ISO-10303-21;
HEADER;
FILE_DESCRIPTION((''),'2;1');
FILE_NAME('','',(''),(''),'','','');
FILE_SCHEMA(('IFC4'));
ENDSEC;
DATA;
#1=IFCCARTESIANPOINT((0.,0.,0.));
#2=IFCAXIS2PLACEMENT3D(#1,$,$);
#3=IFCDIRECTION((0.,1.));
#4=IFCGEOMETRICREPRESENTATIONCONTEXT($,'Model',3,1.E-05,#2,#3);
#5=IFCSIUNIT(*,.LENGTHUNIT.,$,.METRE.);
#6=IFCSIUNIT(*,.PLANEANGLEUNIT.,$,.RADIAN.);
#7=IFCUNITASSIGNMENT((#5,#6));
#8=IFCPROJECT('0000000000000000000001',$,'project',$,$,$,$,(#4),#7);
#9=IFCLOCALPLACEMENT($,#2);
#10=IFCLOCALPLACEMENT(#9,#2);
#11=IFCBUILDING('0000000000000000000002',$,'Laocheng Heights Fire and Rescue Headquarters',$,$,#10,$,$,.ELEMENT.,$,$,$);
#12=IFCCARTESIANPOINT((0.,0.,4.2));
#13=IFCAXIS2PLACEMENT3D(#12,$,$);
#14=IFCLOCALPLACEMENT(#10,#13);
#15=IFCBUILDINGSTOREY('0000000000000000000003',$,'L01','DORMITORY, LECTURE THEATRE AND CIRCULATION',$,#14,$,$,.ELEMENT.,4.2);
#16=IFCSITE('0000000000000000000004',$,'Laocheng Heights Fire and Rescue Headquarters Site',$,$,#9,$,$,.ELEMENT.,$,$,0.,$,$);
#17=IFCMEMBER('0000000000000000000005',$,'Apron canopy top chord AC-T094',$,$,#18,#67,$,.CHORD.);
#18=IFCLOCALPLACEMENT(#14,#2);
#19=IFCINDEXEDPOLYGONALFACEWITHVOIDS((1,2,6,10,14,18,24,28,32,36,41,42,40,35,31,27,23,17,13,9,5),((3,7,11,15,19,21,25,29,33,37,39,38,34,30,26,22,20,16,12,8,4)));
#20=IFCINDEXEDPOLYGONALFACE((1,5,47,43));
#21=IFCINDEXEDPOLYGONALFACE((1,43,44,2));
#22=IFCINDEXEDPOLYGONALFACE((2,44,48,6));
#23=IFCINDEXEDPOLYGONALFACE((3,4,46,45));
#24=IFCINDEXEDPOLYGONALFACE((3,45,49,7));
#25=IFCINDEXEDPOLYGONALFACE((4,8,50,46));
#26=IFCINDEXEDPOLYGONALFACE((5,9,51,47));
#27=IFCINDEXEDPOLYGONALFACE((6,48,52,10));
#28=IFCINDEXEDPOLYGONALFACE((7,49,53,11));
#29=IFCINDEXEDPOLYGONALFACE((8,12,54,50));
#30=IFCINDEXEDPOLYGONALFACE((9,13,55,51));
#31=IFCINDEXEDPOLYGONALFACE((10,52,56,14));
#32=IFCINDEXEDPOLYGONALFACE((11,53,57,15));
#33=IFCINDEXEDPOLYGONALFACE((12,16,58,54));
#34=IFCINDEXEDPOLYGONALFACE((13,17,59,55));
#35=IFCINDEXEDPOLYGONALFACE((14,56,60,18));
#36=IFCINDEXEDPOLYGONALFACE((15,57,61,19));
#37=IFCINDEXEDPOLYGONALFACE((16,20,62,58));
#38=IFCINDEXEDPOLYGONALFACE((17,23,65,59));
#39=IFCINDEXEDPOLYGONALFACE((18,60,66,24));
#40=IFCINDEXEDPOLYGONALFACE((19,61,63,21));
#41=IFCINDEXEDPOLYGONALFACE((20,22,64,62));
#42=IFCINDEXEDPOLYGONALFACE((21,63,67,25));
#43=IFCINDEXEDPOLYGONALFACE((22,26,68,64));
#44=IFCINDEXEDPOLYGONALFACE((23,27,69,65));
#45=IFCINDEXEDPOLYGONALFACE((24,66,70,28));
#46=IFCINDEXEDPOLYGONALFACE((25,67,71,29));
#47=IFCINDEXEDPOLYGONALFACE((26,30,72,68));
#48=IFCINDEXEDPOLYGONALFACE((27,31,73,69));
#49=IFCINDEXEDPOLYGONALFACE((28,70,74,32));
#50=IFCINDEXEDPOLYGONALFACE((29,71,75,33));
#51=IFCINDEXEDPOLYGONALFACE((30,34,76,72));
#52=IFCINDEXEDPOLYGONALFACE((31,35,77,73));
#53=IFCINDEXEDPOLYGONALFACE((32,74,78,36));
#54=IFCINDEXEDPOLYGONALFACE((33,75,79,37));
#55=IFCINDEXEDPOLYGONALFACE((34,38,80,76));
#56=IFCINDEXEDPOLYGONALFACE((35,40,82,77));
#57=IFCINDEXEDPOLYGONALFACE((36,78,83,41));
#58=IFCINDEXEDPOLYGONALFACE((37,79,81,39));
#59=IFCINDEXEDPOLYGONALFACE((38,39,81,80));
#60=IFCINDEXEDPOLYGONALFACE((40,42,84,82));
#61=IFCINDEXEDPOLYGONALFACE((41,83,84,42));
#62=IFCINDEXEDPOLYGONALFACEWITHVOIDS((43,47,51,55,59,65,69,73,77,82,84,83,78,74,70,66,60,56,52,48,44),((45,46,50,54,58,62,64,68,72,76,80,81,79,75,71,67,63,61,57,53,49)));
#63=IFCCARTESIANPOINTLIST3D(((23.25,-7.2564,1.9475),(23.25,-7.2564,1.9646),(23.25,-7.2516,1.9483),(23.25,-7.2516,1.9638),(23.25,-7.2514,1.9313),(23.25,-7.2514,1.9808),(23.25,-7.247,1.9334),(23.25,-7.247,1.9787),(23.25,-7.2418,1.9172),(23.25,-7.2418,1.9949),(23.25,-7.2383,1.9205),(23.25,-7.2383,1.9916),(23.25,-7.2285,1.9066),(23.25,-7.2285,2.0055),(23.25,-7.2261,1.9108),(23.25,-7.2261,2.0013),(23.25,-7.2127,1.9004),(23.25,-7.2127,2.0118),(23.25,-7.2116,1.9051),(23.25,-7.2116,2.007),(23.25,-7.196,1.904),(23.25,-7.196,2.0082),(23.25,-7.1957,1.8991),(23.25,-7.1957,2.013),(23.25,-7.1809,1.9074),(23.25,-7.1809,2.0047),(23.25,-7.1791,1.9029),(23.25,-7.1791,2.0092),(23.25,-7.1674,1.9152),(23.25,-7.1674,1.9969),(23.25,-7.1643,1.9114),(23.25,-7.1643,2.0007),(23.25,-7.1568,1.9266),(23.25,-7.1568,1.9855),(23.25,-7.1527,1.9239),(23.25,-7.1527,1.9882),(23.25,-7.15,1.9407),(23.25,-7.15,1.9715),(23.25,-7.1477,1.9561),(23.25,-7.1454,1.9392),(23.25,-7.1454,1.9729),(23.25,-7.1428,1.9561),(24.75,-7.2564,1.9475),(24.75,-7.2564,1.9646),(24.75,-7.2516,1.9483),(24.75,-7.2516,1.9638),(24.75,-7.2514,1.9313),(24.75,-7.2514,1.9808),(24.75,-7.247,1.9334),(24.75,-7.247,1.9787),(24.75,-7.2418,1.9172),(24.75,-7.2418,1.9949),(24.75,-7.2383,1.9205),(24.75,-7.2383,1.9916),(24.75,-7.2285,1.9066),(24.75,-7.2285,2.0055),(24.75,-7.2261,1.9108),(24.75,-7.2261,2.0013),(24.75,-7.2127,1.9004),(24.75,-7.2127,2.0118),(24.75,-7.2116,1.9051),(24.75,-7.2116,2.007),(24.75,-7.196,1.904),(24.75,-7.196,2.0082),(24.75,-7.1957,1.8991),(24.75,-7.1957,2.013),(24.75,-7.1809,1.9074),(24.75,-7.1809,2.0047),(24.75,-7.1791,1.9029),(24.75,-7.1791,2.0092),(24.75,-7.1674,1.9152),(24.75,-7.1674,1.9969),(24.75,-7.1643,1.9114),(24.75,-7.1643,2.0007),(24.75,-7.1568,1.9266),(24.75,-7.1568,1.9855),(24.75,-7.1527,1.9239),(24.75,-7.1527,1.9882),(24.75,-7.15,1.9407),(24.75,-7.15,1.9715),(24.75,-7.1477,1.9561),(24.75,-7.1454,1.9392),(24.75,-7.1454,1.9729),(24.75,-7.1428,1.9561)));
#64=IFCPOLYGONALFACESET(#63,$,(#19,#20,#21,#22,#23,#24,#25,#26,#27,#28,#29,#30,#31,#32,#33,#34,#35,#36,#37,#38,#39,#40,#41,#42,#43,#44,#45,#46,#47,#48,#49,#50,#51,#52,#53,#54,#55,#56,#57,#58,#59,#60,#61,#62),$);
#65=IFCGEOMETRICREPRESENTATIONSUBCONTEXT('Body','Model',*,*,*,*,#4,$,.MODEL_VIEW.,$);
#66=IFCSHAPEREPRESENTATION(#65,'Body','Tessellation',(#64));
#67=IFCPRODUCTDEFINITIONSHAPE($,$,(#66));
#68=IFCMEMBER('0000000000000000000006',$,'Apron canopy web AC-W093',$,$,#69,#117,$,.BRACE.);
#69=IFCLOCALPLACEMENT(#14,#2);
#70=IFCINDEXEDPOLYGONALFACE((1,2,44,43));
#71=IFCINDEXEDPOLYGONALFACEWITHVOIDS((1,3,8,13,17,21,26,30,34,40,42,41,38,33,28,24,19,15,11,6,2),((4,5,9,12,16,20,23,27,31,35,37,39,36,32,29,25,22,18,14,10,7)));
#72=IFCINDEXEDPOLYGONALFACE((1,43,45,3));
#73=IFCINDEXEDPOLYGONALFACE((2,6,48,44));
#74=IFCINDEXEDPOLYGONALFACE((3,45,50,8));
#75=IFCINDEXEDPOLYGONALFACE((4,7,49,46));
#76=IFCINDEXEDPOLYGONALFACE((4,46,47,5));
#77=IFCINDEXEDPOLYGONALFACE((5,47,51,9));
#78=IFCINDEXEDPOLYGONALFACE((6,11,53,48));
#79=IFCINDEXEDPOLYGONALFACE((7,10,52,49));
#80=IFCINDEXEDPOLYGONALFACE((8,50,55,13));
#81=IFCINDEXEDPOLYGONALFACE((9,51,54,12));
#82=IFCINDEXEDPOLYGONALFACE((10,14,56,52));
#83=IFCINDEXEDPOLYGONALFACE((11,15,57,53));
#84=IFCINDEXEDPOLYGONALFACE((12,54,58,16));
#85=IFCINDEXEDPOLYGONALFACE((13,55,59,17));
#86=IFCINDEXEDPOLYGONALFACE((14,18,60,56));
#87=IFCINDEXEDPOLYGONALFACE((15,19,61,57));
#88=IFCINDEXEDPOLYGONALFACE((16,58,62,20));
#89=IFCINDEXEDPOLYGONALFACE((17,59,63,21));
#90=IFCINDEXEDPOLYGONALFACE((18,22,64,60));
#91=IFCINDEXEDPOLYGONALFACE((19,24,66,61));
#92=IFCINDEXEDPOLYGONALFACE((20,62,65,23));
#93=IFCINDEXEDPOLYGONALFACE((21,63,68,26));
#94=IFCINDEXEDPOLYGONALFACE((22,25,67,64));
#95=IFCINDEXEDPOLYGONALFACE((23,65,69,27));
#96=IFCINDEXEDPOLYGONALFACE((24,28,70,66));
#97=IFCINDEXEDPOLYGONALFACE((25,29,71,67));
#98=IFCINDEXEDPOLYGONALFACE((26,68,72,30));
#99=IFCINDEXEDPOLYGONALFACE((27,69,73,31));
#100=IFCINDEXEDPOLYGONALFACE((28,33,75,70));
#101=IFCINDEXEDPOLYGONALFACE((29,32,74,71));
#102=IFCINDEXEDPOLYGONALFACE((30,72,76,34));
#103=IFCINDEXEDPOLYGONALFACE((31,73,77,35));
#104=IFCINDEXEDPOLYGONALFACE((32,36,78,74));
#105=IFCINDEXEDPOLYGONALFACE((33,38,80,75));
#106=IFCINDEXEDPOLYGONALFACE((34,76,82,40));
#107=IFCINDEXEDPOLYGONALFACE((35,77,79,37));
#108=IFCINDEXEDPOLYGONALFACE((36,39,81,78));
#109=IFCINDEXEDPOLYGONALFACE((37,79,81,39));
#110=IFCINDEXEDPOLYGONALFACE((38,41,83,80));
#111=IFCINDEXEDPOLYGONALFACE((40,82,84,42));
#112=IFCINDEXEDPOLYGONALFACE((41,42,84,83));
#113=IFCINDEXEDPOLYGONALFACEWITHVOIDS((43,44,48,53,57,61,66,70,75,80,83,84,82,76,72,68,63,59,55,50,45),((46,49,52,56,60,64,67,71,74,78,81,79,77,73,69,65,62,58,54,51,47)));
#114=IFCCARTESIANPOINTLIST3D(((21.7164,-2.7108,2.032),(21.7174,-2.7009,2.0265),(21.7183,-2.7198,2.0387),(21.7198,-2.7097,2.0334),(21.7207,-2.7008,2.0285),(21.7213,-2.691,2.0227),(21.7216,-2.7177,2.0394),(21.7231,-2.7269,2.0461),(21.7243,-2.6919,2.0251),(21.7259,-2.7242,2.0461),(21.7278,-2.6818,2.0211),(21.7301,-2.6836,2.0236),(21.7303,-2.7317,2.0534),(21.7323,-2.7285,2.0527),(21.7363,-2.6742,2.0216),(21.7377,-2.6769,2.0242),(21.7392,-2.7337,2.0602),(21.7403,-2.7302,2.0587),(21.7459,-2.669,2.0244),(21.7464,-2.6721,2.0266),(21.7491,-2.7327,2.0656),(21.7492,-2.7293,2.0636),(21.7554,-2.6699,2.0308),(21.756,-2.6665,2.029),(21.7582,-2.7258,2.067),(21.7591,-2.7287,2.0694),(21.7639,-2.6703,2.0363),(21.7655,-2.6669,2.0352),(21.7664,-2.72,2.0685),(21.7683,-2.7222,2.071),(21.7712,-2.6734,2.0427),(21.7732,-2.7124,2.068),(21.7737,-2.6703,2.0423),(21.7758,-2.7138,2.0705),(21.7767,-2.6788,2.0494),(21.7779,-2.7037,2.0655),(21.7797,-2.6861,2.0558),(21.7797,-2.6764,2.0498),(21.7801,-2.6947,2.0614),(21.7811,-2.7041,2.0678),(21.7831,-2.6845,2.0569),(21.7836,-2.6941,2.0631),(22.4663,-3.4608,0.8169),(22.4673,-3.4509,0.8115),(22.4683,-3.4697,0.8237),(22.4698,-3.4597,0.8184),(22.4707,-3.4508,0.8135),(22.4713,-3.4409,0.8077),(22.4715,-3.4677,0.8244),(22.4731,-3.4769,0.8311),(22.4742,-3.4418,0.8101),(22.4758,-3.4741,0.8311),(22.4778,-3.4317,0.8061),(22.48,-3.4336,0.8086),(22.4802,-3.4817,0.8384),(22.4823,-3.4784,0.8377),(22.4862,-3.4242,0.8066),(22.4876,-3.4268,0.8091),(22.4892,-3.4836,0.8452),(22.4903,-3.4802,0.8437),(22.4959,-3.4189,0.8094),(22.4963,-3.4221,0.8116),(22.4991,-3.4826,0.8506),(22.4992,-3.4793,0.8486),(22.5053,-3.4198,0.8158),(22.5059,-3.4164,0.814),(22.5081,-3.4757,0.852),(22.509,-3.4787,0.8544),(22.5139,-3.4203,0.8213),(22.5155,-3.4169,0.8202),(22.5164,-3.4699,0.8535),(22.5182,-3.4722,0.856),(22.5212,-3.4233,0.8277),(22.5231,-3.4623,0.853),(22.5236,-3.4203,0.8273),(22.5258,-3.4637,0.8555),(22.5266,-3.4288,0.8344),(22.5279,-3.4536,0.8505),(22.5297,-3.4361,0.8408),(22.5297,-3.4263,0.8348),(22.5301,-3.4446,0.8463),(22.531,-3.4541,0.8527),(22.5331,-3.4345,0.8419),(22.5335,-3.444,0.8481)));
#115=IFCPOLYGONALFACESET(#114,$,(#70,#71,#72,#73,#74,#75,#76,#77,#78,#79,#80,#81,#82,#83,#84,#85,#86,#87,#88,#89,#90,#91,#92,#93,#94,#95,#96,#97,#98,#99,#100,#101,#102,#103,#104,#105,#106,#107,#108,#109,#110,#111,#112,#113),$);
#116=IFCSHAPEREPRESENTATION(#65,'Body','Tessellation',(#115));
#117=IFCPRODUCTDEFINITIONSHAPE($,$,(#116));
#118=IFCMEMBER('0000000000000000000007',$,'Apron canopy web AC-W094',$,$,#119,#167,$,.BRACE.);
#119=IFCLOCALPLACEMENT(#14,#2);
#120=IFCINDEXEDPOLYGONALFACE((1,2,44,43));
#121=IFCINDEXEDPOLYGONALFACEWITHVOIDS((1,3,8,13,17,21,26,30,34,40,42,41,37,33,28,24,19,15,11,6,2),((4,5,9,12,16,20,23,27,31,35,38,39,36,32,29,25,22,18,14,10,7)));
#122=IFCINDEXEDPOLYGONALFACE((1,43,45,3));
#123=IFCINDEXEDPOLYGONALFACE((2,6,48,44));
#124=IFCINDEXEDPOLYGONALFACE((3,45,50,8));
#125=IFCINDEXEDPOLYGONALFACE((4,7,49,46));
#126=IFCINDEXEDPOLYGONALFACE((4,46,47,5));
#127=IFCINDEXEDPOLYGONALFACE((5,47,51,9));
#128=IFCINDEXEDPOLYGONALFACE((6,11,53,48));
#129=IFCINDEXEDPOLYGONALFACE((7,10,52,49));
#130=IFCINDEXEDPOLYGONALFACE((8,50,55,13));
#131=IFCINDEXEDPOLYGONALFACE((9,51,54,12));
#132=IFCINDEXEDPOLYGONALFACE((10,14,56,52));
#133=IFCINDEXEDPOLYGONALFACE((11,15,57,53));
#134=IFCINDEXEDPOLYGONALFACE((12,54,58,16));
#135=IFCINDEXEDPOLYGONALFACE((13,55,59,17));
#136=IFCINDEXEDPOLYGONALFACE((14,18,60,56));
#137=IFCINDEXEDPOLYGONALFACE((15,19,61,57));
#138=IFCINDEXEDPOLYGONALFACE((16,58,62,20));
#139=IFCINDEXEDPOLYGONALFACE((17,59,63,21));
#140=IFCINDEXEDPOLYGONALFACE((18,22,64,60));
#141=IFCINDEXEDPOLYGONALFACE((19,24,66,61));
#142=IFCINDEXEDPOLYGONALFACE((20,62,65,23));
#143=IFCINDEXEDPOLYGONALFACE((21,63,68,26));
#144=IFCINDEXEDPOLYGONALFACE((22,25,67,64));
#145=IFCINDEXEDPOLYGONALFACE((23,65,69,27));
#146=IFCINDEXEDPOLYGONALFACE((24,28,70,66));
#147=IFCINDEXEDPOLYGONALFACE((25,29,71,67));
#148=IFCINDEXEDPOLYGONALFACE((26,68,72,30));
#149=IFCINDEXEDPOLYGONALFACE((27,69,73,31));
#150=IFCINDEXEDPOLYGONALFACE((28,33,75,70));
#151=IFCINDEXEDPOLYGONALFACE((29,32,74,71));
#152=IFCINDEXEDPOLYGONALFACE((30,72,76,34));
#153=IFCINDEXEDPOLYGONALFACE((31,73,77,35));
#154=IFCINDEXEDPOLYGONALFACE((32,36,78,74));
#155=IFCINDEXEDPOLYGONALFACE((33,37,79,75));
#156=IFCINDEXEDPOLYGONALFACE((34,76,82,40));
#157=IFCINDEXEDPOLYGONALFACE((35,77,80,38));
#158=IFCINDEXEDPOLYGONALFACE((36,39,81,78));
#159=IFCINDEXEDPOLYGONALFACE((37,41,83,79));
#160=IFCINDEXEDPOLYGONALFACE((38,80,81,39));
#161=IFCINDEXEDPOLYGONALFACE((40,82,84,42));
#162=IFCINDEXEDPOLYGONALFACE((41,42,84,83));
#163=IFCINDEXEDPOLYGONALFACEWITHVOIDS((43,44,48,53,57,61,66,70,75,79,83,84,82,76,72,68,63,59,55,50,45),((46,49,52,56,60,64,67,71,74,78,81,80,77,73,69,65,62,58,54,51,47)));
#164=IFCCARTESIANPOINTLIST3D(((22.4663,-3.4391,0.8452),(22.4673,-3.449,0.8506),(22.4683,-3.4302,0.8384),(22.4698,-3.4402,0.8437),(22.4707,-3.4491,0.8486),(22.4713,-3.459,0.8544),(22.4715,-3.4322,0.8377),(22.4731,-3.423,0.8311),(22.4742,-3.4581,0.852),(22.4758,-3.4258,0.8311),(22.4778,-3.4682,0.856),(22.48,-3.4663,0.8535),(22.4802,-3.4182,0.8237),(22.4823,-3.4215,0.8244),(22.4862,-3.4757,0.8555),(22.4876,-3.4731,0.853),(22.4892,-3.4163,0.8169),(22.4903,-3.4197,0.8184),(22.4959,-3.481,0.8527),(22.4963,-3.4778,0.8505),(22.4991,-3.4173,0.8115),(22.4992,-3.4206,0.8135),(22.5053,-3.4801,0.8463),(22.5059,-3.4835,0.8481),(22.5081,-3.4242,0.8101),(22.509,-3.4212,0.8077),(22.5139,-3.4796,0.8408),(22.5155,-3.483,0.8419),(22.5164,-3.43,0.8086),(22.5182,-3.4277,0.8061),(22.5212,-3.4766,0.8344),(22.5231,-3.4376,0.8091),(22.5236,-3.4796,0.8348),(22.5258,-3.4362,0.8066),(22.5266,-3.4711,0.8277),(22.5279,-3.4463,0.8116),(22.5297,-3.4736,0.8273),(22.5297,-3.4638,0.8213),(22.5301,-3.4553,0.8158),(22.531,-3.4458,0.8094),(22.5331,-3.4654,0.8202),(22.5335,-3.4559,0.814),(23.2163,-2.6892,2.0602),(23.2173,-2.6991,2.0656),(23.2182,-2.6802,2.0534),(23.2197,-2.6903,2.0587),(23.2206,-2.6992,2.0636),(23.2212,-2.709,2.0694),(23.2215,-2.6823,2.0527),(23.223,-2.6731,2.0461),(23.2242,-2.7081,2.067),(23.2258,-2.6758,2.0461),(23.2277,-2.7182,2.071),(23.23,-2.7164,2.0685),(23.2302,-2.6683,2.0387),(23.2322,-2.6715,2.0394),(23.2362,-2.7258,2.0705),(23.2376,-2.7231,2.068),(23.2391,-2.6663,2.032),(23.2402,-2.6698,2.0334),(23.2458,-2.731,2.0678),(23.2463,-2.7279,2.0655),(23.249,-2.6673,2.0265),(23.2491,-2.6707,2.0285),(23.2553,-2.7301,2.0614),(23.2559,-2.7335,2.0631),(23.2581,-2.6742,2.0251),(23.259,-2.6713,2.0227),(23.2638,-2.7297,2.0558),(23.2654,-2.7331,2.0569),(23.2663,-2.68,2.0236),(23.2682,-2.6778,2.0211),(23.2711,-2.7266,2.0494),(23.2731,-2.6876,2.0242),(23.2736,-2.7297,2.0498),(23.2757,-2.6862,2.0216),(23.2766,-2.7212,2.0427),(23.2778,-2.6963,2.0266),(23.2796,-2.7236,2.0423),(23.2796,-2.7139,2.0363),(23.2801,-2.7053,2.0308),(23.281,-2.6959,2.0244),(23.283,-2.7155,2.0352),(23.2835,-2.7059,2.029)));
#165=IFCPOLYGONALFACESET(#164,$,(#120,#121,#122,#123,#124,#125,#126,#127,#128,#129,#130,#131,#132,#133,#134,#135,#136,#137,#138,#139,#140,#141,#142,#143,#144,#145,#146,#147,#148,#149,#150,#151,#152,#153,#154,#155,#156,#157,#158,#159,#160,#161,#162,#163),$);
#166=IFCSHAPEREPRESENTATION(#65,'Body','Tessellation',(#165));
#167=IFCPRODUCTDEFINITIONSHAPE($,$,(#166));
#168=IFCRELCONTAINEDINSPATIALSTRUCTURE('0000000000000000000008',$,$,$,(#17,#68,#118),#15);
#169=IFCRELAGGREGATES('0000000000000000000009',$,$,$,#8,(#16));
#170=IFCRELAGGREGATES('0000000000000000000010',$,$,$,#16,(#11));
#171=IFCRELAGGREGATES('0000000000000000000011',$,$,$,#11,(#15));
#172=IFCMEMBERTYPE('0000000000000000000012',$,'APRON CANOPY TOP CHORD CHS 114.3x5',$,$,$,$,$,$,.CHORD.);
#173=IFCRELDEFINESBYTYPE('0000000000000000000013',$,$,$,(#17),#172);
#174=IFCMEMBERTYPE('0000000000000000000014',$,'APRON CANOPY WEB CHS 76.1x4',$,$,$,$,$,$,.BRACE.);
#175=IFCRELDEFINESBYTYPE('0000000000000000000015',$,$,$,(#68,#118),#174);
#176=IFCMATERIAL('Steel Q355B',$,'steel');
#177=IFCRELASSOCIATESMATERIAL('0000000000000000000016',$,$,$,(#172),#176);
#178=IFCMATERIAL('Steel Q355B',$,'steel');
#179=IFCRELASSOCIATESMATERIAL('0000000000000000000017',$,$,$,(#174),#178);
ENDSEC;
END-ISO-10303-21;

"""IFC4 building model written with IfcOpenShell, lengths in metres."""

from ifc_helpers import new_model, si_unit, direction, frame, origin, origin_2d, place, context, subcontext, project, spatial, hollow_circle, extrude, material, material_profile, profile_set, type_object, element, save


model = new_model("IFC4")

# Units and contexts
model_context = context("Model", 3, precision=1e-05, world=origin(), true_north=direction((0.0, 1.0)))
body_context = subcontext(model_context, "Body", "Model", "MODEL_VIEW")
ifc_project = project(units=[si_unit("LENGTHUNIT", "METRE"), si_unit("PLANEANGLEUNIT", "RADIAN")], contexts=[model_context])

# Site, building, storey
site_placement = place(None, origin())
site = spatial("IfcSite", under=ifc_project, at=site_placement, Name="Laocheng Heights Fire and Rescue Headquarters Site", CompositionType="ELEMENT", RefElevation=0.0)
building_placement = place(site_placement, origin())
building = spatial("IfcBuilding", under=site, at=building_placement, Name="Laocheng Heights Fire and Rescue Headquarters", CompositionType="ELEMENT")
storey_placement = place(building_placement, frame((0.0, 0.0, 4.2)))
storey = spatial("IfcBuildingStorey", under=building, at=storey_placement, Name="L01", Description="DORMITORY, LECTURE THEATRE AND CIRCULATION", CompositionType="ELEMENT", Elevation=4.2)

# Members
ifc_material_1 = material(Name="Steel Q355B", Category="steel")
ifc_material_profile_1 = material_profile(ifc_material_1, hollow_circle(Radius=0.0571, WallThickness=0.0049, at=origin_2d()), Name="CHS 114.3x5")
ifc_profile_set_1 = profile_set([ifc_material_profile_1], Name="Steel Q355B")
member_type_1 = type_object("IfcMemberType", Name="APRON CANOPY TOP CHORD CHS 114.3x5", PredefinedType="CHORD", material=ifc_profile_set_1)
for number, where, z_axis, x_axis, name in (
    (1, (23.25, -7.2, 1.9561), (1.0, 0.0, 0.0), (0.0, 1.0, 0.0), "Apron canopy top chord AC-T094"),
):
    element("IfcMember", number, at=place(storey_placement, frame(where, z_axis=z_axis, x_axis=x_axis)), inside=storey, type_object=member_type_1, Name=name, PredefinedType="CHORD", context=body_context, shape_type="SweptSolid", body=[
        extrude(hollow_circle(Radius=0.0571, WallThickness=0.0049, at=origin_2d()), origin(), (0.0, 0.0, 1.0), 1.5),
    ])
ifc_material_2 = material(Name="Steel Q355B", Category="steel")
ifc_material_profile_2 = material_profile(ifc_material_2, hollow_circle(Radius=0.0381, WallThickness=0.0039, at=origin_2d()), Name="CHS 76.1x4")
ifc_profile_set_2 = profile_set([ifc_material_profile_2], Name="Steel Q355B")
member_type_2 = type_object("IfcMemberType", Name="APRON CANOPY WEB CHS 76.1x4", PredefinedType="BRACE", material=ifc_profile_set_2)
for number, where, z_axis, x_axis, name in (
    (2, (22.5, -3.45, 0.8311), (-0.465002, 0.465002, 0.753357), (-0.707107, -0.707107, 0.0), "Apron canopy web AC-W093"),
    (3, (22.5, -3.45, 0.8311), (0.465002, 0.465002, 0.753357), (-0.707107, 0.707107, 0.0), "Apron canopy web AC-W094"),
):
    element("IfcMember", number, at=place(storey_placement, frame(where, z_axis=z_axis, x_axis=x_axis)), inside=storey, type_object=member_type_2, Name=name, PredefinedType="BRACE", context=body_context, shape_type="SweptSolid", body=[
        extrude(hollow_circle(Radius=0.0381, WallThickness=0.0039, at=origin_2d()), origin(), (0.0, 0.0, 1.0), 1.6128),
    ])

save(model, "model.ifc")
